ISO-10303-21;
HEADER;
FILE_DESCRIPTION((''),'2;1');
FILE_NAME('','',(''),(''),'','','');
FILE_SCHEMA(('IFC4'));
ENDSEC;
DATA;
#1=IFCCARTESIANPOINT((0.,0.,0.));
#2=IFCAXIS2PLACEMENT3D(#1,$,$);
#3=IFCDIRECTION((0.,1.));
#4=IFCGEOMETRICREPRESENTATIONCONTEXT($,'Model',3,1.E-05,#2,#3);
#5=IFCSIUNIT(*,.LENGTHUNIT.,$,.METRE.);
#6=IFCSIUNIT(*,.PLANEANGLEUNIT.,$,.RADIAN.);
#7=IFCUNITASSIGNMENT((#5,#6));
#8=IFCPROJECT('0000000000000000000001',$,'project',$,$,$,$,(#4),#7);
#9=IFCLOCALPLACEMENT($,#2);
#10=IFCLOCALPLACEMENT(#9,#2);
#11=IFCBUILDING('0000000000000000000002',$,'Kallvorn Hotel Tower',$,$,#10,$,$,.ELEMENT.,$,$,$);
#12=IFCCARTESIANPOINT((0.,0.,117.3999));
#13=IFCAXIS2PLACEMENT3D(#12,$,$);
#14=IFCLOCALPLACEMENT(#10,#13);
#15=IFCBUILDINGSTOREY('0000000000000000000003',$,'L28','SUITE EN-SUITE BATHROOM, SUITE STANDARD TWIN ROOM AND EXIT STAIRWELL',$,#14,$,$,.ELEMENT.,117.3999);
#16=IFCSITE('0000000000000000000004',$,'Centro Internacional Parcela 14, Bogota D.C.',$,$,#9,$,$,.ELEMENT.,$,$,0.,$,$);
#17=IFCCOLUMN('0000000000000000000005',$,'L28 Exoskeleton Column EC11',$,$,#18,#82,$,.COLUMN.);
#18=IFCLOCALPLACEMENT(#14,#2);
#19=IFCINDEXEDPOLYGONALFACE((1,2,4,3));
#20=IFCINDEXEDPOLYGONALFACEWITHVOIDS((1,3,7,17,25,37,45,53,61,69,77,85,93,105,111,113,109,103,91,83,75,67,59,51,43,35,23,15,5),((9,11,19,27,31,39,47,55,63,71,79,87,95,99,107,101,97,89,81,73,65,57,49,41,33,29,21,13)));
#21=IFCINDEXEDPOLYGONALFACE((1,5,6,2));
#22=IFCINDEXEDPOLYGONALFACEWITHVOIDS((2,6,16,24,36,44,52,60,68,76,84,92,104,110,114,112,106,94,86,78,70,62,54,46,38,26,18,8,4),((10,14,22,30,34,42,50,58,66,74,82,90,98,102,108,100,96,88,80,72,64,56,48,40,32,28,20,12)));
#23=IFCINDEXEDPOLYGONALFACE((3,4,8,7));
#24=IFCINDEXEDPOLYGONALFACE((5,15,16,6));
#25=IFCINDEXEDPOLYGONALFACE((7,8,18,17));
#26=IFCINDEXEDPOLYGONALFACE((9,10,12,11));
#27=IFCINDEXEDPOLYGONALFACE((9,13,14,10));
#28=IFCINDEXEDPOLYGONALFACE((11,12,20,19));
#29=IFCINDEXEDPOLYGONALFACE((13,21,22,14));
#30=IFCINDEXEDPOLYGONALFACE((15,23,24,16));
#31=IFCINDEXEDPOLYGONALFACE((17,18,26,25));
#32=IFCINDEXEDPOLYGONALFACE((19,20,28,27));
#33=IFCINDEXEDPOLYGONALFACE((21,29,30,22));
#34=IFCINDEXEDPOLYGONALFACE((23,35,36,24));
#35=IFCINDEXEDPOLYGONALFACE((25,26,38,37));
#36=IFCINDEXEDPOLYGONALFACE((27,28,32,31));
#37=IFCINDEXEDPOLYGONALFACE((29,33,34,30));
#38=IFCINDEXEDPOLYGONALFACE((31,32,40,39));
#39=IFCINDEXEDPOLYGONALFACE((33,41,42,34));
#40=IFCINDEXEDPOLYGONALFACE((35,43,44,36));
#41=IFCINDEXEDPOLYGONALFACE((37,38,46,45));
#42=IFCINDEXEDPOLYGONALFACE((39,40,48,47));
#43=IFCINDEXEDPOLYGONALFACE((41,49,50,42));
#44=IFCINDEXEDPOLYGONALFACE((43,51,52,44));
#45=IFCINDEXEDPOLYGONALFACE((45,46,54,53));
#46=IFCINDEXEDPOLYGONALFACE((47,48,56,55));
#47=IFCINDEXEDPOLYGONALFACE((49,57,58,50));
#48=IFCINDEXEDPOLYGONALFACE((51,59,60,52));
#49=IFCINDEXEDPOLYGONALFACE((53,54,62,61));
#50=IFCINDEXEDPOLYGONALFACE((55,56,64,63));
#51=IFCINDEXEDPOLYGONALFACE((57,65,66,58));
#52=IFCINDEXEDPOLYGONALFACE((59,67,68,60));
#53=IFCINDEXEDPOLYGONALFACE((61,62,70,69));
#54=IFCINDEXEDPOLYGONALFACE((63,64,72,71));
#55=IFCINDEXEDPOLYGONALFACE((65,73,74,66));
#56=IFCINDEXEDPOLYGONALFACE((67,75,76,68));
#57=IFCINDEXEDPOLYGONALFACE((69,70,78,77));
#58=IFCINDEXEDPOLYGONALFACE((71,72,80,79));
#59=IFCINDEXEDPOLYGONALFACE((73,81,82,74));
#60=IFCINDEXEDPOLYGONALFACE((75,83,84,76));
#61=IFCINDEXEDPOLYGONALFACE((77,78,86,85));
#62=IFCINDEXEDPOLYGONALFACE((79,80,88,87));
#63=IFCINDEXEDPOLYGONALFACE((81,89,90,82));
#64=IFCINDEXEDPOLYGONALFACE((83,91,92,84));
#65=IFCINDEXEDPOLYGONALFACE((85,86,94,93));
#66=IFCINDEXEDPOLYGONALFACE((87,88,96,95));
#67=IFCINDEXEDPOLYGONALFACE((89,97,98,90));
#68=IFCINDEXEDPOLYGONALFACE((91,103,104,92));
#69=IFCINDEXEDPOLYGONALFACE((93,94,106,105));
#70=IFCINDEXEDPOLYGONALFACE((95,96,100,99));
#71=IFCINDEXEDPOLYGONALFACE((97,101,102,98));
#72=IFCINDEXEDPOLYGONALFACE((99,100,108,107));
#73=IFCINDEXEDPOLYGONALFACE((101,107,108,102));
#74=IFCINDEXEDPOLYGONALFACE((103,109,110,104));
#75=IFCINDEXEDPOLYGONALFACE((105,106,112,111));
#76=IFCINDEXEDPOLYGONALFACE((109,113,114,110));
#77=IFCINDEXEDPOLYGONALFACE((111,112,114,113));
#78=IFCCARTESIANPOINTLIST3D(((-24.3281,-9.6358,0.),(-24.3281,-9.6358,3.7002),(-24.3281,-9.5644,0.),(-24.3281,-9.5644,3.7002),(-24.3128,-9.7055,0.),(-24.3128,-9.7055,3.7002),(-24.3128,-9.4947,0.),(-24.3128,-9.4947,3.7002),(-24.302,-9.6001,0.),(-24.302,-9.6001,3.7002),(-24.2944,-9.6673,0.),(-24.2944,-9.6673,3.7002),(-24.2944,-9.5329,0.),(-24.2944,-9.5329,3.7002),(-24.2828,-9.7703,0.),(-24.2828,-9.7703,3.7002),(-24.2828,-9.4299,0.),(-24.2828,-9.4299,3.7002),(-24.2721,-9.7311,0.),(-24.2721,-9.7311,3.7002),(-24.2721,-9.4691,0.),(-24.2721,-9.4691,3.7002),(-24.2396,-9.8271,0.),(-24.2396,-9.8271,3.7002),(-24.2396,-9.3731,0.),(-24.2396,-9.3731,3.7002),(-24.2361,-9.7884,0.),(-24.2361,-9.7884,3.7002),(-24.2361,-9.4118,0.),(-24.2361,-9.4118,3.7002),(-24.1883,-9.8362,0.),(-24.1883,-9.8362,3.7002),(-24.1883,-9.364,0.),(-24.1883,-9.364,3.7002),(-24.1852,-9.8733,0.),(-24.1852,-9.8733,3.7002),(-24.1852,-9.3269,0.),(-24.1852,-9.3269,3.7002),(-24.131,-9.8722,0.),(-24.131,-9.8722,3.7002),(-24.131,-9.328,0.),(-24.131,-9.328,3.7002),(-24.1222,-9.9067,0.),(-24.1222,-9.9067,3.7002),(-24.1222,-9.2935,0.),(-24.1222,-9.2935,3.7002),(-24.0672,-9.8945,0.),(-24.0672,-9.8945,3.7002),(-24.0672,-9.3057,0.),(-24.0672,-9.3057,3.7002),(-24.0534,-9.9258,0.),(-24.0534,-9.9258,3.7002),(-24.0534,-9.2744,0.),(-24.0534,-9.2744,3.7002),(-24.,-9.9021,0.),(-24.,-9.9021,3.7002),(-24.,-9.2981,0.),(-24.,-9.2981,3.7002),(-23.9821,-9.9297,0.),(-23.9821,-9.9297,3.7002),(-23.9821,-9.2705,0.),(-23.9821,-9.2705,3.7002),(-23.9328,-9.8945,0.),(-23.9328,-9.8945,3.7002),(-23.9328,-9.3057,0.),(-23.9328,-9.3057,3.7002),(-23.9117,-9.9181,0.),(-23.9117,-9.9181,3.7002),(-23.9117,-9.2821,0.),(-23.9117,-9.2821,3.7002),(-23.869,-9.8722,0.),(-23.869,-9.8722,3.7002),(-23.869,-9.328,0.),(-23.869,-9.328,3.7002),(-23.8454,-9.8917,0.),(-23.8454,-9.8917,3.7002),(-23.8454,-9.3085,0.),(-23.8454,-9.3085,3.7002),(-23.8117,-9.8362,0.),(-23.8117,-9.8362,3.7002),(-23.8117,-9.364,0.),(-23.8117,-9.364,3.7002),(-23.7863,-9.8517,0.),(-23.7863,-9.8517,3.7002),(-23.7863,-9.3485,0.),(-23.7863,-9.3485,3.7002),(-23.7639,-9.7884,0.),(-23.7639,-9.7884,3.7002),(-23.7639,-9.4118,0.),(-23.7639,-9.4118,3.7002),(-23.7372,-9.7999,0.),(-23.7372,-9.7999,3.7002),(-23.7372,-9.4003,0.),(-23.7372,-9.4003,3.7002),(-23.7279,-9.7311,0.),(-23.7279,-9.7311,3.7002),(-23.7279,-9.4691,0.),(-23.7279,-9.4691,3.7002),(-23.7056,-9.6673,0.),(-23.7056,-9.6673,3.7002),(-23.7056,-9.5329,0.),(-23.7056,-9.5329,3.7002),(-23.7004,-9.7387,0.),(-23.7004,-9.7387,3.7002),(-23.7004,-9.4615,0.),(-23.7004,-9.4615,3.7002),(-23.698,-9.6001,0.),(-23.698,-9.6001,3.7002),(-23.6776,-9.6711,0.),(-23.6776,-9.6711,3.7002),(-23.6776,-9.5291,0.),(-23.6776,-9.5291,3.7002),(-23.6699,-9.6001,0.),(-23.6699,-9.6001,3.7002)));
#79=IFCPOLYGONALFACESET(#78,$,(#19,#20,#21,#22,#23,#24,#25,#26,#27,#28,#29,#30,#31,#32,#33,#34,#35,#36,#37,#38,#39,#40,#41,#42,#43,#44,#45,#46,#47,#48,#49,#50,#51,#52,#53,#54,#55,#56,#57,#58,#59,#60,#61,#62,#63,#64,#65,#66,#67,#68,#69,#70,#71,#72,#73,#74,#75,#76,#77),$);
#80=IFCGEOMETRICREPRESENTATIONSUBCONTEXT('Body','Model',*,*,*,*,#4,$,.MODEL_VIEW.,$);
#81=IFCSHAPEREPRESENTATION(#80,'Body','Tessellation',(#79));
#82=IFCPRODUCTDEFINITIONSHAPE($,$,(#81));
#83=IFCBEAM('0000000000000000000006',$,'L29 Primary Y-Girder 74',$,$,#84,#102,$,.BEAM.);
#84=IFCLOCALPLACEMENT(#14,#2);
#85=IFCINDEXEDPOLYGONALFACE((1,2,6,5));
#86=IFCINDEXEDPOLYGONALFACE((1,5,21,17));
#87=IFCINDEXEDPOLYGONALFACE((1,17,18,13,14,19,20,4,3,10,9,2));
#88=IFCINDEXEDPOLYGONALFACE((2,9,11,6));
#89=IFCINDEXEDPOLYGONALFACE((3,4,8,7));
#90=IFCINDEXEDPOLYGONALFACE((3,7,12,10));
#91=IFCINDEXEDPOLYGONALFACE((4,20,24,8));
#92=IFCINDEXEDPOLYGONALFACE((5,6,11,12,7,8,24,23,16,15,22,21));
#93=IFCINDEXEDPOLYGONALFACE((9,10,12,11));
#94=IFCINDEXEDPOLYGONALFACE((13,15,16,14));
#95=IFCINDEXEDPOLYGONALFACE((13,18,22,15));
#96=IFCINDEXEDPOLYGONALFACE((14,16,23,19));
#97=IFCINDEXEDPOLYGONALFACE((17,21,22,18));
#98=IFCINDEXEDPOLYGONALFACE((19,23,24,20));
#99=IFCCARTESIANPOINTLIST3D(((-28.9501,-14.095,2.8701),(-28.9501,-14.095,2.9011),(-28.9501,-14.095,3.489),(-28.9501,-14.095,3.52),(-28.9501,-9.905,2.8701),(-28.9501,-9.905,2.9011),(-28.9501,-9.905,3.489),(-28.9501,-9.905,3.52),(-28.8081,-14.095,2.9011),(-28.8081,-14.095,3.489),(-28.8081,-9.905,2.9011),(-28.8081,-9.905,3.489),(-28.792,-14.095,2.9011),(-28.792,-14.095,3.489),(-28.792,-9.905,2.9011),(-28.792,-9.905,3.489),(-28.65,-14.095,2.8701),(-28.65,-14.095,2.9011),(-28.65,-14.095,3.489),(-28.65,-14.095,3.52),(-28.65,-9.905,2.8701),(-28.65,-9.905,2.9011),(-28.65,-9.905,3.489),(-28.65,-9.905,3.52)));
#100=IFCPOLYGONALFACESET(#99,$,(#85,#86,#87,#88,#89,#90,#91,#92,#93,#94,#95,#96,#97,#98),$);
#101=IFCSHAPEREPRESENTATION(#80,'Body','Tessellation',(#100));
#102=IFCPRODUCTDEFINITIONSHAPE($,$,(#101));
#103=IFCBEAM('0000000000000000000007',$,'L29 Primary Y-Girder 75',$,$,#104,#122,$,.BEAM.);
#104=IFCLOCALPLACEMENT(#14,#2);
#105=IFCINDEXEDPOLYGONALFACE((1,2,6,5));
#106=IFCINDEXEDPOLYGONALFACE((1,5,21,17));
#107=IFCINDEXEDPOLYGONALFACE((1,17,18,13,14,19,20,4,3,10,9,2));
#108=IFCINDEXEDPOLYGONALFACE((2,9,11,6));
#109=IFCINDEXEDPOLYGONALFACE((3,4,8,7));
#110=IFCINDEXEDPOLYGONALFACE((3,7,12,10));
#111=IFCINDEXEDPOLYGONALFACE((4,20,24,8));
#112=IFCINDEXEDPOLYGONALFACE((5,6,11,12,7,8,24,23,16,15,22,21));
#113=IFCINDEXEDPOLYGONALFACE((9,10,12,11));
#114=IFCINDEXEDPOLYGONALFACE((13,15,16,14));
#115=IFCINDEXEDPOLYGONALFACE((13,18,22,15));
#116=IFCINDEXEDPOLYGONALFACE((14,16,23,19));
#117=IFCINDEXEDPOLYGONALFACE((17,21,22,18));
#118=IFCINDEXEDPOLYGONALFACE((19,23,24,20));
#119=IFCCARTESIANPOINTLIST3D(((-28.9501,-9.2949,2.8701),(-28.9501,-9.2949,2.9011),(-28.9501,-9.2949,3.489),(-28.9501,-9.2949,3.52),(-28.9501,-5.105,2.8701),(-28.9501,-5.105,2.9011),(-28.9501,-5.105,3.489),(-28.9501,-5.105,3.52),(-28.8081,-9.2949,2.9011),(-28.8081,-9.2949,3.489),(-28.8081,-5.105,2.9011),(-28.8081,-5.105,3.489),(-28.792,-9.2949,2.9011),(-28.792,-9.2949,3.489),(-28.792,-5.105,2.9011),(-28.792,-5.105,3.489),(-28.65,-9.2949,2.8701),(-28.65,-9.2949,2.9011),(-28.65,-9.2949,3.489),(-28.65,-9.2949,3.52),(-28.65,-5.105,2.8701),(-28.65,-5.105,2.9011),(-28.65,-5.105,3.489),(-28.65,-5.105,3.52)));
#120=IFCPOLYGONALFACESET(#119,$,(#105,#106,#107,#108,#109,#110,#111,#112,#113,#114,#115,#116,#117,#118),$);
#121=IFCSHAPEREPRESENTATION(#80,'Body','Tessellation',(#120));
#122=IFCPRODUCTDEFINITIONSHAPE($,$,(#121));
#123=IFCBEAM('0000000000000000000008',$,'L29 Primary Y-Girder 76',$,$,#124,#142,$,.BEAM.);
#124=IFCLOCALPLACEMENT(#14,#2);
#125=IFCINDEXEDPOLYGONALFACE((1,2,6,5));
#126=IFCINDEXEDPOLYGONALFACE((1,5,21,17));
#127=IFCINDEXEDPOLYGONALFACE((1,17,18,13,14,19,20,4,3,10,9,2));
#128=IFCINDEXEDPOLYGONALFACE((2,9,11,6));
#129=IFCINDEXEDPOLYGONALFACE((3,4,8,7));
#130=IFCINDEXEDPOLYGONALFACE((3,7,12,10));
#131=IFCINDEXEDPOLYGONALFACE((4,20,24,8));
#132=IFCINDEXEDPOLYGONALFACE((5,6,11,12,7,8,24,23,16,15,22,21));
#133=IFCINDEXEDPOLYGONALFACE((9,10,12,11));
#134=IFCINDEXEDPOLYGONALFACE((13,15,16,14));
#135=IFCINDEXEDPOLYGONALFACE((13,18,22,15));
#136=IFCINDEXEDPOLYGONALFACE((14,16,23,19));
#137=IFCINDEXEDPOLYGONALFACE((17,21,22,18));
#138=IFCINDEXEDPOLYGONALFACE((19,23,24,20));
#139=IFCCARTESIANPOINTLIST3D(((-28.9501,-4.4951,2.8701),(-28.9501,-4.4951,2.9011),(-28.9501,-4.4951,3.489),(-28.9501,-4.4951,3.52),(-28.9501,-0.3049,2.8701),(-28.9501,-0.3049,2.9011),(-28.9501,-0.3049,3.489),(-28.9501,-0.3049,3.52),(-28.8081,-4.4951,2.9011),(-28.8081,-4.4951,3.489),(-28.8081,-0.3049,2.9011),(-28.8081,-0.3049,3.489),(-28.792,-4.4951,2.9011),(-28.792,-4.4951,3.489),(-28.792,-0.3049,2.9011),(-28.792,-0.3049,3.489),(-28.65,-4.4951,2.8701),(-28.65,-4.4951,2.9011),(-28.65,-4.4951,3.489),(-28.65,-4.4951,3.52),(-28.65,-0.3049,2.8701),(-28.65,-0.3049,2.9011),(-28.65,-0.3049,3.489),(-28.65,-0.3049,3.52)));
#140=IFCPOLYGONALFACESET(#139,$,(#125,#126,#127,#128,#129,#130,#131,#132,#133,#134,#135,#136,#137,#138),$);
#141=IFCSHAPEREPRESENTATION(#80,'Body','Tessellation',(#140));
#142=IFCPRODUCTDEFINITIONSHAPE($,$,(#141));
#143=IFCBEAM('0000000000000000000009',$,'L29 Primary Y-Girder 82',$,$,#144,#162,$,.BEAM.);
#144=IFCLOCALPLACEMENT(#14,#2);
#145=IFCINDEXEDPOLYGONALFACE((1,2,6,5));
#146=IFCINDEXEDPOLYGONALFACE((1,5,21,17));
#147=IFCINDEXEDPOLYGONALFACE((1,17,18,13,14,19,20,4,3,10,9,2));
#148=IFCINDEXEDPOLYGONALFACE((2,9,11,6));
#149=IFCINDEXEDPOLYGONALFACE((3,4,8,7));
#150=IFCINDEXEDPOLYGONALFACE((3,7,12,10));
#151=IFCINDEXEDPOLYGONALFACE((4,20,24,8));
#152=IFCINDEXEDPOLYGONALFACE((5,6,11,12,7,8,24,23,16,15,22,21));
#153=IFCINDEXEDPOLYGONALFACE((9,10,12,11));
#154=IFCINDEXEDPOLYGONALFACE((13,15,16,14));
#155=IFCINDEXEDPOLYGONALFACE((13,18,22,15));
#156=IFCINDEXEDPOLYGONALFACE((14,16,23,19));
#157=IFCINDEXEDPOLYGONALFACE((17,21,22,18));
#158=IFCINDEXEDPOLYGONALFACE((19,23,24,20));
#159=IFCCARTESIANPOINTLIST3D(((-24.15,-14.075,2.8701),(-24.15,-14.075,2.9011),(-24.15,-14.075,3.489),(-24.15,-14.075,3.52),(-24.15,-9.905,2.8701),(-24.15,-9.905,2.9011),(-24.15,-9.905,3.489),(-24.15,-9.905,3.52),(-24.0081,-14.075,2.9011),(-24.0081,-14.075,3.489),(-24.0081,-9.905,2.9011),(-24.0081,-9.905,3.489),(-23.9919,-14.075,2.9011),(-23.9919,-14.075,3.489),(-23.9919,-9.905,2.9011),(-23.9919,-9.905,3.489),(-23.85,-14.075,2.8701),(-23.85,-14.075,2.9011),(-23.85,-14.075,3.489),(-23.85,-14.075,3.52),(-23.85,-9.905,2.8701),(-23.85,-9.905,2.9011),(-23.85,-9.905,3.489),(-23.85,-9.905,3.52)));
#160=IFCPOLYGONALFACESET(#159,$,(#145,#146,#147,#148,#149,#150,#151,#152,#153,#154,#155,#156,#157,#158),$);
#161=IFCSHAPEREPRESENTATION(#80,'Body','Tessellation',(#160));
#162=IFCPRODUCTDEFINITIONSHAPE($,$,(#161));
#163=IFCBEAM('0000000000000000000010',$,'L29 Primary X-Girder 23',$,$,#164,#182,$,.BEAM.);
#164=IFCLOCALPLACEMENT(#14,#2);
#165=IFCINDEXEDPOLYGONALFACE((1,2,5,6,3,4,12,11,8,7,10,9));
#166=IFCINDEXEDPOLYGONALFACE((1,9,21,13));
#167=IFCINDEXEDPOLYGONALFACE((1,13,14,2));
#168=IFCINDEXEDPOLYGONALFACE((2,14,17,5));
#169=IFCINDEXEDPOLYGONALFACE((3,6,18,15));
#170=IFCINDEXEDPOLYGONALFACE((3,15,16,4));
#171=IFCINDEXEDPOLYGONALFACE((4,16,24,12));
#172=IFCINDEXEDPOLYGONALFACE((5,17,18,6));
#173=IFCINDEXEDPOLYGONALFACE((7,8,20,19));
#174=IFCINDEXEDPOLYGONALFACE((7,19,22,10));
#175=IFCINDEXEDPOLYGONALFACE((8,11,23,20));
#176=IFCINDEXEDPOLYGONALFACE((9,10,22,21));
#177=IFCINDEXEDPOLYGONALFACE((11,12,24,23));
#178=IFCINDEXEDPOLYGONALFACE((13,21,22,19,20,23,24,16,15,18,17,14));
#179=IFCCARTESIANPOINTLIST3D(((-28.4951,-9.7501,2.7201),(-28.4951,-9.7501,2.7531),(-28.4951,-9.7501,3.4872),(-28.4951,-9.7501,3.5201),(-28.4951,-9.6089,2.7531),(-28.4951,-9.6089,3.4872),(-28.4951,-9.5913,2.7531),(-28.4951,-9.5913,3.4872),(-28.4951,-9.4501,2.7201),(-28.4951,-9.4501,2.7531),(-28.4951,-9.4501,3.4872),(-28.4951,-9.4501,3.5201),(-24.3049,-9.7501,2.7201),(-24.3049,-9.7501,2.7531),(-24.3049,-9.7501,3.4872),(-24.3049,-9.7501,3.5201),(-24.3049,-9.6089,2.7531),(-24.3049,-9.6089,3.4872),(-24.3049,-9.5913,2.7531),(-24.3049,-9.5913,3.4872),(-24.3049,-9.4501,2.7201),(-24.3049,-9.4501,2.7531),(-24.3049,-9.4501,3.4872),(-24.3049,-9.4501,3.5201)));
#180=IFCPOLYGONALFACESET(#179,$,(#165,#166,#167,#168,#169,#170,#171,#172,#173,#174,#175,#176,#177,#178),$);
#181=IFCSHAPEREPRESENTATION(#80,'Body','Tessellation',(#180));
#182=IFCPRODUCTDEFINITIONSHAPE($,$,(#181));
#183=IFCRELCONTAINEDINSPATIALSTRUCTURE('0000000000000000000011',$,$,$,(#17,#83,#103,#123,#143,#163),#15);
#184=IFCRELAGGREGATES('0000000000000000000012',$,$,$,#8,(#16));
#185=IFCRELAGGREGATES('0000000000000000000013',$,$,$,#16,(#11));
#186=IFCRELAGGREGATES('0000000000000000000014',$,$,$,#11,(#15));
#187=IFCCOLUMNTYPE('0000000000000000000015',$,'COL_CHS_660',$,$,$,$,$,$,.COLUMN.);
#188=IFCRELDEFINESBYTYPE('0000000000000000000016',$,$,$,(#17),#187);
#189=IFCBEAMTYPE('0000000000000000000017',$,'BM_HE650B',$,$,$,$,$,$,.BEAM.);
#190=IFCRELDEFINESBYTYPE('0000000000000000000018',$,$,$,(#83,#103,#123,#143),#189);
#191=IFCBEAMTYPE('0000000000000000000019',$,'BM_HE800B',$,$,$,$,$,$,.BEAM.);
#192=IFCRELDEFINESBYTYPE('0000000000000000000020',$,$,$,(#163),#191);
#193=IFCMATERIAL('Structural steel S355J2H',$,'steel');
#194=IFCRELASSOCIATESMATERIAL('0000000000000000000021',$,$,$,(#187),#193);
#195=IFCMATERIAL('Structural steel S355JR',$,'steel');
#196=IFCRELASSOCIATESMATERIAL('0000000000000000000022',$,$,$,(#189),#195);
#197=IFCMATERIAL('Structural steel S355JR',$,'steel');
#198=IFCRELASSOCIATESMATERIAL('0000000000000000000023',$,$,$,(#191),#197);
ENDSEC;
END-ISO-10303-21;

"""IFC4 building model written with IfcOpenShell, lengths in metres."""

from ifc_helpers import new_model, si_unit, direction, frame, origin, origin_2d, place, context, subcontext, project, spatial, hollow_circle, i_section, extrude, material, material_profile, profile_set, type_object, element, save


model = new_model("IFC4")

# Units and contexts
model_context = context("Model", 3, precision=1e-05, world=origin(), true_north=direction((0.0, 1.0)))
body_context = subcontext(model_context, "Body", "Model", "MODEL_VIEW")
ifc_project = project(units=[si_unit("LENGTHUNIT", "METRE"), si_unit("PLANEANGLEUNIT", "RADIAN")], contexts=[model_context])

# Site, building, storey
site_placement = place(None, origin())
site = spatial("IfcSite", under=ifc_project, at=site_placement, Name="Centro Internacional Parcela 14, Bogota D.C.", CompositionType="ELEMENT", RefElevation=0.0)
building_placement = place(site_placement, origin())
building = spatial("IfcBuilding", under=site, at=building_placement, Name="Kallvorn Hotel Tower", CompositionType="ELEMENT")
storey_placement = place(building_placement, frame((0.0, 0.0, 117.3999)))
storey = spatial("IfcBuildingStorey", under=building, at=storey_placement, Name="L28", Description="SUITE EN-SUITE BATHROOM, SUITE STANDARD TWIN ROOM AND EXIT STAIRWELL", CompositionType="ELEMENT", Elevation=117.3999)

# Column
ifc_material_1 = material(Name="Structural steel S355J2H", Category="steel")
ifc_material_profile_1 = material_profile(ifc_material_1, hollow_circle(Radius=0.3301, WallThickness=0.0281, at=origin_2d()), Name="CHS 660x28")
ifc_profile_set_1 = profile_set([ifc_material_profile_1], Name="Structural steel S355J2H")
column_type = type_object("IfcColumnType", Name="COL_CHS_660", PredefinedType="COLUMN", material=ifc_profile_set_1)
for number, where, z_axis, x_axis, name in (
    (1, (-24.0, -9.6001, 0.0), (0.0, 0.0, 1.0), (1.0, 0.0, 0.0), "L28 Exoskeleton Column EC11"),
):
    element("IfcColumn", number, at=place(storey_placement, frame(where, z_axis=z_axis, x_axis=x_axis)), inside=storey, type_object=column_type, Name=name, PredefinedType="COLUMN", context=body_context, shape_type="SweptSolid", body=[
        extrude(hollow_circle(Radius=0.3301, WallThickness=0.0281, at=origin_2d()), origin(), (0.0, 0.0, 1.0), 3.7002),
    ])

# Beams
ifc_material_2 = material(Name="Structural steel S355JR", Category="steel")
ifc_material_profile_2 = material_profile(ifc_material_2, i_section(OverallWidth=0.3, OverallDepth=0.6499, WebThickness=0.0161, FlangeThickness=0.031, at=origin_2d()), Name="HE 650 B")
ifc_profile_set_2 = profile_set([ifc_material_profile_2], Name="Structural steel S355JR")
beam_type_1 = type_object("IfcBeamType", Name="BM_HE650B", PredefinedType="BEAM", material=ifc_profile_set_2)
for number, where, z_axis, x_axis, name in (
    (2, (-28.8, -14.095, 3.1951), (0.0, 1.0, 0.0), (-1.0, 0.0, 0.0), "L29 Primary Y-Girder 74"),
    (3, (-28.8, -9.2949, 3.1951), (0.0, 1.0, 0.0), (-1.0, 0.0, 0.0), "L29 Primary Y-Girder 75"),
):
    element("IfcBeam", number, at=place(storey_placement, frame(where, z_axis=z_axis, x_axis=x_axis)), inside=storey, type_object=beam_type_1, Name=name, PredefinedType="BEAM", context=body_context, shape_type="SweptSolid", body=[
        extrude(i_section(OverallWidth=0.3, OverallDepth=0.6499, WebThickness=0.0161, FlangeThickness=0.031, at=origin_2d()), origin(), (0.0, 0.0, 1.0), 4.1899),
    ])
beam_1_placement = place(storey_placement, frame((-28.8, -4.4951, 3.1951), z_axis=(0.0, 1.0, 0.0), x_axis=(-1.0, 0.0, 0.0)))
element("IfcBeam", 4, at=beam_1_placement, inside=storey, type_object=beam_type_1, Name="L29 Primary Y-Girder 76", PredefinedType="BEAM", context=body_context, shape_type="SweptSolid", body=[
    extrude(i_section(OverallWidth=0.3, OverallDepth=0.6499, WebThickness=0.0161, FlangeThickness=0.031, at=origin_2d()), origin(), (0.0, 0.0, 1.0), 4.1902),
])
beam_2_placement = place(storey_placement, frame((-24.0, -14.075, 3.1951), z_axis=(0.0, 1.0, 0.0), x_axis=(-1.0, 0.0, 0.0)))
element("IfcBeam", 5, at=beam_2_placement, inside=storey, type_object=beam_type_1, Name="L29 Primary Y-Girder 82", PredefinedType="BEAM", context=body_context, shape_type="SweptSolid", body=[
    extrude(i_section(OverallWidth=0.3, OverallDepth=0.6499, WebThickness=0.0161, FlangeThickness=0.031, at=origin_2d()), origin(), (0.0, 0.0, 1.0), 4.1699),
])
ifc_material_3 = material(Name="Structural steel S355JR", Category="steel")
ifc_material_profile_3 = material_profile(ifc_material_3, i_section(OverallWidth=0.3, OverallDepth=0.8, WebThickness=0.0176, FlangeThickness=0.033, at=origin_2d()), Name="HE 800 B")
ifc_profile_set_3 = profile_set([ifc_material_profile_3], Name="Structural steel S355JR")
beam_type_2 = type_object("IfcBeamType", Name="BM_HE800B", PredefinedType="BEAM", material=ifc_profile_set_3)
beam_3_placement = place(storey_placement, frame((-28.4951, -9.6001, 3.1201), z_axis=(1.0, 0.0, 0.0), x_axis=(0.0, 1.0, 0.0)))
element("IfcBeam", 6, at=beam_3_placement, inside=storey, type_object=beam_type_2, Name="L29 Primary X-Girder 23", PredefinedType="BEAM", context=body_context, shape_type="SweptSolid", body=[
    extrude(i_section(OverallWidth=0.3, OverallDepth=0.8, WebThickness=0.0176, FlangeThickness=0.033, at=origin_2d()), origin(), (0.0, 0.0, 1.0), 4.1902),
])

save(model, "model.ifc")
